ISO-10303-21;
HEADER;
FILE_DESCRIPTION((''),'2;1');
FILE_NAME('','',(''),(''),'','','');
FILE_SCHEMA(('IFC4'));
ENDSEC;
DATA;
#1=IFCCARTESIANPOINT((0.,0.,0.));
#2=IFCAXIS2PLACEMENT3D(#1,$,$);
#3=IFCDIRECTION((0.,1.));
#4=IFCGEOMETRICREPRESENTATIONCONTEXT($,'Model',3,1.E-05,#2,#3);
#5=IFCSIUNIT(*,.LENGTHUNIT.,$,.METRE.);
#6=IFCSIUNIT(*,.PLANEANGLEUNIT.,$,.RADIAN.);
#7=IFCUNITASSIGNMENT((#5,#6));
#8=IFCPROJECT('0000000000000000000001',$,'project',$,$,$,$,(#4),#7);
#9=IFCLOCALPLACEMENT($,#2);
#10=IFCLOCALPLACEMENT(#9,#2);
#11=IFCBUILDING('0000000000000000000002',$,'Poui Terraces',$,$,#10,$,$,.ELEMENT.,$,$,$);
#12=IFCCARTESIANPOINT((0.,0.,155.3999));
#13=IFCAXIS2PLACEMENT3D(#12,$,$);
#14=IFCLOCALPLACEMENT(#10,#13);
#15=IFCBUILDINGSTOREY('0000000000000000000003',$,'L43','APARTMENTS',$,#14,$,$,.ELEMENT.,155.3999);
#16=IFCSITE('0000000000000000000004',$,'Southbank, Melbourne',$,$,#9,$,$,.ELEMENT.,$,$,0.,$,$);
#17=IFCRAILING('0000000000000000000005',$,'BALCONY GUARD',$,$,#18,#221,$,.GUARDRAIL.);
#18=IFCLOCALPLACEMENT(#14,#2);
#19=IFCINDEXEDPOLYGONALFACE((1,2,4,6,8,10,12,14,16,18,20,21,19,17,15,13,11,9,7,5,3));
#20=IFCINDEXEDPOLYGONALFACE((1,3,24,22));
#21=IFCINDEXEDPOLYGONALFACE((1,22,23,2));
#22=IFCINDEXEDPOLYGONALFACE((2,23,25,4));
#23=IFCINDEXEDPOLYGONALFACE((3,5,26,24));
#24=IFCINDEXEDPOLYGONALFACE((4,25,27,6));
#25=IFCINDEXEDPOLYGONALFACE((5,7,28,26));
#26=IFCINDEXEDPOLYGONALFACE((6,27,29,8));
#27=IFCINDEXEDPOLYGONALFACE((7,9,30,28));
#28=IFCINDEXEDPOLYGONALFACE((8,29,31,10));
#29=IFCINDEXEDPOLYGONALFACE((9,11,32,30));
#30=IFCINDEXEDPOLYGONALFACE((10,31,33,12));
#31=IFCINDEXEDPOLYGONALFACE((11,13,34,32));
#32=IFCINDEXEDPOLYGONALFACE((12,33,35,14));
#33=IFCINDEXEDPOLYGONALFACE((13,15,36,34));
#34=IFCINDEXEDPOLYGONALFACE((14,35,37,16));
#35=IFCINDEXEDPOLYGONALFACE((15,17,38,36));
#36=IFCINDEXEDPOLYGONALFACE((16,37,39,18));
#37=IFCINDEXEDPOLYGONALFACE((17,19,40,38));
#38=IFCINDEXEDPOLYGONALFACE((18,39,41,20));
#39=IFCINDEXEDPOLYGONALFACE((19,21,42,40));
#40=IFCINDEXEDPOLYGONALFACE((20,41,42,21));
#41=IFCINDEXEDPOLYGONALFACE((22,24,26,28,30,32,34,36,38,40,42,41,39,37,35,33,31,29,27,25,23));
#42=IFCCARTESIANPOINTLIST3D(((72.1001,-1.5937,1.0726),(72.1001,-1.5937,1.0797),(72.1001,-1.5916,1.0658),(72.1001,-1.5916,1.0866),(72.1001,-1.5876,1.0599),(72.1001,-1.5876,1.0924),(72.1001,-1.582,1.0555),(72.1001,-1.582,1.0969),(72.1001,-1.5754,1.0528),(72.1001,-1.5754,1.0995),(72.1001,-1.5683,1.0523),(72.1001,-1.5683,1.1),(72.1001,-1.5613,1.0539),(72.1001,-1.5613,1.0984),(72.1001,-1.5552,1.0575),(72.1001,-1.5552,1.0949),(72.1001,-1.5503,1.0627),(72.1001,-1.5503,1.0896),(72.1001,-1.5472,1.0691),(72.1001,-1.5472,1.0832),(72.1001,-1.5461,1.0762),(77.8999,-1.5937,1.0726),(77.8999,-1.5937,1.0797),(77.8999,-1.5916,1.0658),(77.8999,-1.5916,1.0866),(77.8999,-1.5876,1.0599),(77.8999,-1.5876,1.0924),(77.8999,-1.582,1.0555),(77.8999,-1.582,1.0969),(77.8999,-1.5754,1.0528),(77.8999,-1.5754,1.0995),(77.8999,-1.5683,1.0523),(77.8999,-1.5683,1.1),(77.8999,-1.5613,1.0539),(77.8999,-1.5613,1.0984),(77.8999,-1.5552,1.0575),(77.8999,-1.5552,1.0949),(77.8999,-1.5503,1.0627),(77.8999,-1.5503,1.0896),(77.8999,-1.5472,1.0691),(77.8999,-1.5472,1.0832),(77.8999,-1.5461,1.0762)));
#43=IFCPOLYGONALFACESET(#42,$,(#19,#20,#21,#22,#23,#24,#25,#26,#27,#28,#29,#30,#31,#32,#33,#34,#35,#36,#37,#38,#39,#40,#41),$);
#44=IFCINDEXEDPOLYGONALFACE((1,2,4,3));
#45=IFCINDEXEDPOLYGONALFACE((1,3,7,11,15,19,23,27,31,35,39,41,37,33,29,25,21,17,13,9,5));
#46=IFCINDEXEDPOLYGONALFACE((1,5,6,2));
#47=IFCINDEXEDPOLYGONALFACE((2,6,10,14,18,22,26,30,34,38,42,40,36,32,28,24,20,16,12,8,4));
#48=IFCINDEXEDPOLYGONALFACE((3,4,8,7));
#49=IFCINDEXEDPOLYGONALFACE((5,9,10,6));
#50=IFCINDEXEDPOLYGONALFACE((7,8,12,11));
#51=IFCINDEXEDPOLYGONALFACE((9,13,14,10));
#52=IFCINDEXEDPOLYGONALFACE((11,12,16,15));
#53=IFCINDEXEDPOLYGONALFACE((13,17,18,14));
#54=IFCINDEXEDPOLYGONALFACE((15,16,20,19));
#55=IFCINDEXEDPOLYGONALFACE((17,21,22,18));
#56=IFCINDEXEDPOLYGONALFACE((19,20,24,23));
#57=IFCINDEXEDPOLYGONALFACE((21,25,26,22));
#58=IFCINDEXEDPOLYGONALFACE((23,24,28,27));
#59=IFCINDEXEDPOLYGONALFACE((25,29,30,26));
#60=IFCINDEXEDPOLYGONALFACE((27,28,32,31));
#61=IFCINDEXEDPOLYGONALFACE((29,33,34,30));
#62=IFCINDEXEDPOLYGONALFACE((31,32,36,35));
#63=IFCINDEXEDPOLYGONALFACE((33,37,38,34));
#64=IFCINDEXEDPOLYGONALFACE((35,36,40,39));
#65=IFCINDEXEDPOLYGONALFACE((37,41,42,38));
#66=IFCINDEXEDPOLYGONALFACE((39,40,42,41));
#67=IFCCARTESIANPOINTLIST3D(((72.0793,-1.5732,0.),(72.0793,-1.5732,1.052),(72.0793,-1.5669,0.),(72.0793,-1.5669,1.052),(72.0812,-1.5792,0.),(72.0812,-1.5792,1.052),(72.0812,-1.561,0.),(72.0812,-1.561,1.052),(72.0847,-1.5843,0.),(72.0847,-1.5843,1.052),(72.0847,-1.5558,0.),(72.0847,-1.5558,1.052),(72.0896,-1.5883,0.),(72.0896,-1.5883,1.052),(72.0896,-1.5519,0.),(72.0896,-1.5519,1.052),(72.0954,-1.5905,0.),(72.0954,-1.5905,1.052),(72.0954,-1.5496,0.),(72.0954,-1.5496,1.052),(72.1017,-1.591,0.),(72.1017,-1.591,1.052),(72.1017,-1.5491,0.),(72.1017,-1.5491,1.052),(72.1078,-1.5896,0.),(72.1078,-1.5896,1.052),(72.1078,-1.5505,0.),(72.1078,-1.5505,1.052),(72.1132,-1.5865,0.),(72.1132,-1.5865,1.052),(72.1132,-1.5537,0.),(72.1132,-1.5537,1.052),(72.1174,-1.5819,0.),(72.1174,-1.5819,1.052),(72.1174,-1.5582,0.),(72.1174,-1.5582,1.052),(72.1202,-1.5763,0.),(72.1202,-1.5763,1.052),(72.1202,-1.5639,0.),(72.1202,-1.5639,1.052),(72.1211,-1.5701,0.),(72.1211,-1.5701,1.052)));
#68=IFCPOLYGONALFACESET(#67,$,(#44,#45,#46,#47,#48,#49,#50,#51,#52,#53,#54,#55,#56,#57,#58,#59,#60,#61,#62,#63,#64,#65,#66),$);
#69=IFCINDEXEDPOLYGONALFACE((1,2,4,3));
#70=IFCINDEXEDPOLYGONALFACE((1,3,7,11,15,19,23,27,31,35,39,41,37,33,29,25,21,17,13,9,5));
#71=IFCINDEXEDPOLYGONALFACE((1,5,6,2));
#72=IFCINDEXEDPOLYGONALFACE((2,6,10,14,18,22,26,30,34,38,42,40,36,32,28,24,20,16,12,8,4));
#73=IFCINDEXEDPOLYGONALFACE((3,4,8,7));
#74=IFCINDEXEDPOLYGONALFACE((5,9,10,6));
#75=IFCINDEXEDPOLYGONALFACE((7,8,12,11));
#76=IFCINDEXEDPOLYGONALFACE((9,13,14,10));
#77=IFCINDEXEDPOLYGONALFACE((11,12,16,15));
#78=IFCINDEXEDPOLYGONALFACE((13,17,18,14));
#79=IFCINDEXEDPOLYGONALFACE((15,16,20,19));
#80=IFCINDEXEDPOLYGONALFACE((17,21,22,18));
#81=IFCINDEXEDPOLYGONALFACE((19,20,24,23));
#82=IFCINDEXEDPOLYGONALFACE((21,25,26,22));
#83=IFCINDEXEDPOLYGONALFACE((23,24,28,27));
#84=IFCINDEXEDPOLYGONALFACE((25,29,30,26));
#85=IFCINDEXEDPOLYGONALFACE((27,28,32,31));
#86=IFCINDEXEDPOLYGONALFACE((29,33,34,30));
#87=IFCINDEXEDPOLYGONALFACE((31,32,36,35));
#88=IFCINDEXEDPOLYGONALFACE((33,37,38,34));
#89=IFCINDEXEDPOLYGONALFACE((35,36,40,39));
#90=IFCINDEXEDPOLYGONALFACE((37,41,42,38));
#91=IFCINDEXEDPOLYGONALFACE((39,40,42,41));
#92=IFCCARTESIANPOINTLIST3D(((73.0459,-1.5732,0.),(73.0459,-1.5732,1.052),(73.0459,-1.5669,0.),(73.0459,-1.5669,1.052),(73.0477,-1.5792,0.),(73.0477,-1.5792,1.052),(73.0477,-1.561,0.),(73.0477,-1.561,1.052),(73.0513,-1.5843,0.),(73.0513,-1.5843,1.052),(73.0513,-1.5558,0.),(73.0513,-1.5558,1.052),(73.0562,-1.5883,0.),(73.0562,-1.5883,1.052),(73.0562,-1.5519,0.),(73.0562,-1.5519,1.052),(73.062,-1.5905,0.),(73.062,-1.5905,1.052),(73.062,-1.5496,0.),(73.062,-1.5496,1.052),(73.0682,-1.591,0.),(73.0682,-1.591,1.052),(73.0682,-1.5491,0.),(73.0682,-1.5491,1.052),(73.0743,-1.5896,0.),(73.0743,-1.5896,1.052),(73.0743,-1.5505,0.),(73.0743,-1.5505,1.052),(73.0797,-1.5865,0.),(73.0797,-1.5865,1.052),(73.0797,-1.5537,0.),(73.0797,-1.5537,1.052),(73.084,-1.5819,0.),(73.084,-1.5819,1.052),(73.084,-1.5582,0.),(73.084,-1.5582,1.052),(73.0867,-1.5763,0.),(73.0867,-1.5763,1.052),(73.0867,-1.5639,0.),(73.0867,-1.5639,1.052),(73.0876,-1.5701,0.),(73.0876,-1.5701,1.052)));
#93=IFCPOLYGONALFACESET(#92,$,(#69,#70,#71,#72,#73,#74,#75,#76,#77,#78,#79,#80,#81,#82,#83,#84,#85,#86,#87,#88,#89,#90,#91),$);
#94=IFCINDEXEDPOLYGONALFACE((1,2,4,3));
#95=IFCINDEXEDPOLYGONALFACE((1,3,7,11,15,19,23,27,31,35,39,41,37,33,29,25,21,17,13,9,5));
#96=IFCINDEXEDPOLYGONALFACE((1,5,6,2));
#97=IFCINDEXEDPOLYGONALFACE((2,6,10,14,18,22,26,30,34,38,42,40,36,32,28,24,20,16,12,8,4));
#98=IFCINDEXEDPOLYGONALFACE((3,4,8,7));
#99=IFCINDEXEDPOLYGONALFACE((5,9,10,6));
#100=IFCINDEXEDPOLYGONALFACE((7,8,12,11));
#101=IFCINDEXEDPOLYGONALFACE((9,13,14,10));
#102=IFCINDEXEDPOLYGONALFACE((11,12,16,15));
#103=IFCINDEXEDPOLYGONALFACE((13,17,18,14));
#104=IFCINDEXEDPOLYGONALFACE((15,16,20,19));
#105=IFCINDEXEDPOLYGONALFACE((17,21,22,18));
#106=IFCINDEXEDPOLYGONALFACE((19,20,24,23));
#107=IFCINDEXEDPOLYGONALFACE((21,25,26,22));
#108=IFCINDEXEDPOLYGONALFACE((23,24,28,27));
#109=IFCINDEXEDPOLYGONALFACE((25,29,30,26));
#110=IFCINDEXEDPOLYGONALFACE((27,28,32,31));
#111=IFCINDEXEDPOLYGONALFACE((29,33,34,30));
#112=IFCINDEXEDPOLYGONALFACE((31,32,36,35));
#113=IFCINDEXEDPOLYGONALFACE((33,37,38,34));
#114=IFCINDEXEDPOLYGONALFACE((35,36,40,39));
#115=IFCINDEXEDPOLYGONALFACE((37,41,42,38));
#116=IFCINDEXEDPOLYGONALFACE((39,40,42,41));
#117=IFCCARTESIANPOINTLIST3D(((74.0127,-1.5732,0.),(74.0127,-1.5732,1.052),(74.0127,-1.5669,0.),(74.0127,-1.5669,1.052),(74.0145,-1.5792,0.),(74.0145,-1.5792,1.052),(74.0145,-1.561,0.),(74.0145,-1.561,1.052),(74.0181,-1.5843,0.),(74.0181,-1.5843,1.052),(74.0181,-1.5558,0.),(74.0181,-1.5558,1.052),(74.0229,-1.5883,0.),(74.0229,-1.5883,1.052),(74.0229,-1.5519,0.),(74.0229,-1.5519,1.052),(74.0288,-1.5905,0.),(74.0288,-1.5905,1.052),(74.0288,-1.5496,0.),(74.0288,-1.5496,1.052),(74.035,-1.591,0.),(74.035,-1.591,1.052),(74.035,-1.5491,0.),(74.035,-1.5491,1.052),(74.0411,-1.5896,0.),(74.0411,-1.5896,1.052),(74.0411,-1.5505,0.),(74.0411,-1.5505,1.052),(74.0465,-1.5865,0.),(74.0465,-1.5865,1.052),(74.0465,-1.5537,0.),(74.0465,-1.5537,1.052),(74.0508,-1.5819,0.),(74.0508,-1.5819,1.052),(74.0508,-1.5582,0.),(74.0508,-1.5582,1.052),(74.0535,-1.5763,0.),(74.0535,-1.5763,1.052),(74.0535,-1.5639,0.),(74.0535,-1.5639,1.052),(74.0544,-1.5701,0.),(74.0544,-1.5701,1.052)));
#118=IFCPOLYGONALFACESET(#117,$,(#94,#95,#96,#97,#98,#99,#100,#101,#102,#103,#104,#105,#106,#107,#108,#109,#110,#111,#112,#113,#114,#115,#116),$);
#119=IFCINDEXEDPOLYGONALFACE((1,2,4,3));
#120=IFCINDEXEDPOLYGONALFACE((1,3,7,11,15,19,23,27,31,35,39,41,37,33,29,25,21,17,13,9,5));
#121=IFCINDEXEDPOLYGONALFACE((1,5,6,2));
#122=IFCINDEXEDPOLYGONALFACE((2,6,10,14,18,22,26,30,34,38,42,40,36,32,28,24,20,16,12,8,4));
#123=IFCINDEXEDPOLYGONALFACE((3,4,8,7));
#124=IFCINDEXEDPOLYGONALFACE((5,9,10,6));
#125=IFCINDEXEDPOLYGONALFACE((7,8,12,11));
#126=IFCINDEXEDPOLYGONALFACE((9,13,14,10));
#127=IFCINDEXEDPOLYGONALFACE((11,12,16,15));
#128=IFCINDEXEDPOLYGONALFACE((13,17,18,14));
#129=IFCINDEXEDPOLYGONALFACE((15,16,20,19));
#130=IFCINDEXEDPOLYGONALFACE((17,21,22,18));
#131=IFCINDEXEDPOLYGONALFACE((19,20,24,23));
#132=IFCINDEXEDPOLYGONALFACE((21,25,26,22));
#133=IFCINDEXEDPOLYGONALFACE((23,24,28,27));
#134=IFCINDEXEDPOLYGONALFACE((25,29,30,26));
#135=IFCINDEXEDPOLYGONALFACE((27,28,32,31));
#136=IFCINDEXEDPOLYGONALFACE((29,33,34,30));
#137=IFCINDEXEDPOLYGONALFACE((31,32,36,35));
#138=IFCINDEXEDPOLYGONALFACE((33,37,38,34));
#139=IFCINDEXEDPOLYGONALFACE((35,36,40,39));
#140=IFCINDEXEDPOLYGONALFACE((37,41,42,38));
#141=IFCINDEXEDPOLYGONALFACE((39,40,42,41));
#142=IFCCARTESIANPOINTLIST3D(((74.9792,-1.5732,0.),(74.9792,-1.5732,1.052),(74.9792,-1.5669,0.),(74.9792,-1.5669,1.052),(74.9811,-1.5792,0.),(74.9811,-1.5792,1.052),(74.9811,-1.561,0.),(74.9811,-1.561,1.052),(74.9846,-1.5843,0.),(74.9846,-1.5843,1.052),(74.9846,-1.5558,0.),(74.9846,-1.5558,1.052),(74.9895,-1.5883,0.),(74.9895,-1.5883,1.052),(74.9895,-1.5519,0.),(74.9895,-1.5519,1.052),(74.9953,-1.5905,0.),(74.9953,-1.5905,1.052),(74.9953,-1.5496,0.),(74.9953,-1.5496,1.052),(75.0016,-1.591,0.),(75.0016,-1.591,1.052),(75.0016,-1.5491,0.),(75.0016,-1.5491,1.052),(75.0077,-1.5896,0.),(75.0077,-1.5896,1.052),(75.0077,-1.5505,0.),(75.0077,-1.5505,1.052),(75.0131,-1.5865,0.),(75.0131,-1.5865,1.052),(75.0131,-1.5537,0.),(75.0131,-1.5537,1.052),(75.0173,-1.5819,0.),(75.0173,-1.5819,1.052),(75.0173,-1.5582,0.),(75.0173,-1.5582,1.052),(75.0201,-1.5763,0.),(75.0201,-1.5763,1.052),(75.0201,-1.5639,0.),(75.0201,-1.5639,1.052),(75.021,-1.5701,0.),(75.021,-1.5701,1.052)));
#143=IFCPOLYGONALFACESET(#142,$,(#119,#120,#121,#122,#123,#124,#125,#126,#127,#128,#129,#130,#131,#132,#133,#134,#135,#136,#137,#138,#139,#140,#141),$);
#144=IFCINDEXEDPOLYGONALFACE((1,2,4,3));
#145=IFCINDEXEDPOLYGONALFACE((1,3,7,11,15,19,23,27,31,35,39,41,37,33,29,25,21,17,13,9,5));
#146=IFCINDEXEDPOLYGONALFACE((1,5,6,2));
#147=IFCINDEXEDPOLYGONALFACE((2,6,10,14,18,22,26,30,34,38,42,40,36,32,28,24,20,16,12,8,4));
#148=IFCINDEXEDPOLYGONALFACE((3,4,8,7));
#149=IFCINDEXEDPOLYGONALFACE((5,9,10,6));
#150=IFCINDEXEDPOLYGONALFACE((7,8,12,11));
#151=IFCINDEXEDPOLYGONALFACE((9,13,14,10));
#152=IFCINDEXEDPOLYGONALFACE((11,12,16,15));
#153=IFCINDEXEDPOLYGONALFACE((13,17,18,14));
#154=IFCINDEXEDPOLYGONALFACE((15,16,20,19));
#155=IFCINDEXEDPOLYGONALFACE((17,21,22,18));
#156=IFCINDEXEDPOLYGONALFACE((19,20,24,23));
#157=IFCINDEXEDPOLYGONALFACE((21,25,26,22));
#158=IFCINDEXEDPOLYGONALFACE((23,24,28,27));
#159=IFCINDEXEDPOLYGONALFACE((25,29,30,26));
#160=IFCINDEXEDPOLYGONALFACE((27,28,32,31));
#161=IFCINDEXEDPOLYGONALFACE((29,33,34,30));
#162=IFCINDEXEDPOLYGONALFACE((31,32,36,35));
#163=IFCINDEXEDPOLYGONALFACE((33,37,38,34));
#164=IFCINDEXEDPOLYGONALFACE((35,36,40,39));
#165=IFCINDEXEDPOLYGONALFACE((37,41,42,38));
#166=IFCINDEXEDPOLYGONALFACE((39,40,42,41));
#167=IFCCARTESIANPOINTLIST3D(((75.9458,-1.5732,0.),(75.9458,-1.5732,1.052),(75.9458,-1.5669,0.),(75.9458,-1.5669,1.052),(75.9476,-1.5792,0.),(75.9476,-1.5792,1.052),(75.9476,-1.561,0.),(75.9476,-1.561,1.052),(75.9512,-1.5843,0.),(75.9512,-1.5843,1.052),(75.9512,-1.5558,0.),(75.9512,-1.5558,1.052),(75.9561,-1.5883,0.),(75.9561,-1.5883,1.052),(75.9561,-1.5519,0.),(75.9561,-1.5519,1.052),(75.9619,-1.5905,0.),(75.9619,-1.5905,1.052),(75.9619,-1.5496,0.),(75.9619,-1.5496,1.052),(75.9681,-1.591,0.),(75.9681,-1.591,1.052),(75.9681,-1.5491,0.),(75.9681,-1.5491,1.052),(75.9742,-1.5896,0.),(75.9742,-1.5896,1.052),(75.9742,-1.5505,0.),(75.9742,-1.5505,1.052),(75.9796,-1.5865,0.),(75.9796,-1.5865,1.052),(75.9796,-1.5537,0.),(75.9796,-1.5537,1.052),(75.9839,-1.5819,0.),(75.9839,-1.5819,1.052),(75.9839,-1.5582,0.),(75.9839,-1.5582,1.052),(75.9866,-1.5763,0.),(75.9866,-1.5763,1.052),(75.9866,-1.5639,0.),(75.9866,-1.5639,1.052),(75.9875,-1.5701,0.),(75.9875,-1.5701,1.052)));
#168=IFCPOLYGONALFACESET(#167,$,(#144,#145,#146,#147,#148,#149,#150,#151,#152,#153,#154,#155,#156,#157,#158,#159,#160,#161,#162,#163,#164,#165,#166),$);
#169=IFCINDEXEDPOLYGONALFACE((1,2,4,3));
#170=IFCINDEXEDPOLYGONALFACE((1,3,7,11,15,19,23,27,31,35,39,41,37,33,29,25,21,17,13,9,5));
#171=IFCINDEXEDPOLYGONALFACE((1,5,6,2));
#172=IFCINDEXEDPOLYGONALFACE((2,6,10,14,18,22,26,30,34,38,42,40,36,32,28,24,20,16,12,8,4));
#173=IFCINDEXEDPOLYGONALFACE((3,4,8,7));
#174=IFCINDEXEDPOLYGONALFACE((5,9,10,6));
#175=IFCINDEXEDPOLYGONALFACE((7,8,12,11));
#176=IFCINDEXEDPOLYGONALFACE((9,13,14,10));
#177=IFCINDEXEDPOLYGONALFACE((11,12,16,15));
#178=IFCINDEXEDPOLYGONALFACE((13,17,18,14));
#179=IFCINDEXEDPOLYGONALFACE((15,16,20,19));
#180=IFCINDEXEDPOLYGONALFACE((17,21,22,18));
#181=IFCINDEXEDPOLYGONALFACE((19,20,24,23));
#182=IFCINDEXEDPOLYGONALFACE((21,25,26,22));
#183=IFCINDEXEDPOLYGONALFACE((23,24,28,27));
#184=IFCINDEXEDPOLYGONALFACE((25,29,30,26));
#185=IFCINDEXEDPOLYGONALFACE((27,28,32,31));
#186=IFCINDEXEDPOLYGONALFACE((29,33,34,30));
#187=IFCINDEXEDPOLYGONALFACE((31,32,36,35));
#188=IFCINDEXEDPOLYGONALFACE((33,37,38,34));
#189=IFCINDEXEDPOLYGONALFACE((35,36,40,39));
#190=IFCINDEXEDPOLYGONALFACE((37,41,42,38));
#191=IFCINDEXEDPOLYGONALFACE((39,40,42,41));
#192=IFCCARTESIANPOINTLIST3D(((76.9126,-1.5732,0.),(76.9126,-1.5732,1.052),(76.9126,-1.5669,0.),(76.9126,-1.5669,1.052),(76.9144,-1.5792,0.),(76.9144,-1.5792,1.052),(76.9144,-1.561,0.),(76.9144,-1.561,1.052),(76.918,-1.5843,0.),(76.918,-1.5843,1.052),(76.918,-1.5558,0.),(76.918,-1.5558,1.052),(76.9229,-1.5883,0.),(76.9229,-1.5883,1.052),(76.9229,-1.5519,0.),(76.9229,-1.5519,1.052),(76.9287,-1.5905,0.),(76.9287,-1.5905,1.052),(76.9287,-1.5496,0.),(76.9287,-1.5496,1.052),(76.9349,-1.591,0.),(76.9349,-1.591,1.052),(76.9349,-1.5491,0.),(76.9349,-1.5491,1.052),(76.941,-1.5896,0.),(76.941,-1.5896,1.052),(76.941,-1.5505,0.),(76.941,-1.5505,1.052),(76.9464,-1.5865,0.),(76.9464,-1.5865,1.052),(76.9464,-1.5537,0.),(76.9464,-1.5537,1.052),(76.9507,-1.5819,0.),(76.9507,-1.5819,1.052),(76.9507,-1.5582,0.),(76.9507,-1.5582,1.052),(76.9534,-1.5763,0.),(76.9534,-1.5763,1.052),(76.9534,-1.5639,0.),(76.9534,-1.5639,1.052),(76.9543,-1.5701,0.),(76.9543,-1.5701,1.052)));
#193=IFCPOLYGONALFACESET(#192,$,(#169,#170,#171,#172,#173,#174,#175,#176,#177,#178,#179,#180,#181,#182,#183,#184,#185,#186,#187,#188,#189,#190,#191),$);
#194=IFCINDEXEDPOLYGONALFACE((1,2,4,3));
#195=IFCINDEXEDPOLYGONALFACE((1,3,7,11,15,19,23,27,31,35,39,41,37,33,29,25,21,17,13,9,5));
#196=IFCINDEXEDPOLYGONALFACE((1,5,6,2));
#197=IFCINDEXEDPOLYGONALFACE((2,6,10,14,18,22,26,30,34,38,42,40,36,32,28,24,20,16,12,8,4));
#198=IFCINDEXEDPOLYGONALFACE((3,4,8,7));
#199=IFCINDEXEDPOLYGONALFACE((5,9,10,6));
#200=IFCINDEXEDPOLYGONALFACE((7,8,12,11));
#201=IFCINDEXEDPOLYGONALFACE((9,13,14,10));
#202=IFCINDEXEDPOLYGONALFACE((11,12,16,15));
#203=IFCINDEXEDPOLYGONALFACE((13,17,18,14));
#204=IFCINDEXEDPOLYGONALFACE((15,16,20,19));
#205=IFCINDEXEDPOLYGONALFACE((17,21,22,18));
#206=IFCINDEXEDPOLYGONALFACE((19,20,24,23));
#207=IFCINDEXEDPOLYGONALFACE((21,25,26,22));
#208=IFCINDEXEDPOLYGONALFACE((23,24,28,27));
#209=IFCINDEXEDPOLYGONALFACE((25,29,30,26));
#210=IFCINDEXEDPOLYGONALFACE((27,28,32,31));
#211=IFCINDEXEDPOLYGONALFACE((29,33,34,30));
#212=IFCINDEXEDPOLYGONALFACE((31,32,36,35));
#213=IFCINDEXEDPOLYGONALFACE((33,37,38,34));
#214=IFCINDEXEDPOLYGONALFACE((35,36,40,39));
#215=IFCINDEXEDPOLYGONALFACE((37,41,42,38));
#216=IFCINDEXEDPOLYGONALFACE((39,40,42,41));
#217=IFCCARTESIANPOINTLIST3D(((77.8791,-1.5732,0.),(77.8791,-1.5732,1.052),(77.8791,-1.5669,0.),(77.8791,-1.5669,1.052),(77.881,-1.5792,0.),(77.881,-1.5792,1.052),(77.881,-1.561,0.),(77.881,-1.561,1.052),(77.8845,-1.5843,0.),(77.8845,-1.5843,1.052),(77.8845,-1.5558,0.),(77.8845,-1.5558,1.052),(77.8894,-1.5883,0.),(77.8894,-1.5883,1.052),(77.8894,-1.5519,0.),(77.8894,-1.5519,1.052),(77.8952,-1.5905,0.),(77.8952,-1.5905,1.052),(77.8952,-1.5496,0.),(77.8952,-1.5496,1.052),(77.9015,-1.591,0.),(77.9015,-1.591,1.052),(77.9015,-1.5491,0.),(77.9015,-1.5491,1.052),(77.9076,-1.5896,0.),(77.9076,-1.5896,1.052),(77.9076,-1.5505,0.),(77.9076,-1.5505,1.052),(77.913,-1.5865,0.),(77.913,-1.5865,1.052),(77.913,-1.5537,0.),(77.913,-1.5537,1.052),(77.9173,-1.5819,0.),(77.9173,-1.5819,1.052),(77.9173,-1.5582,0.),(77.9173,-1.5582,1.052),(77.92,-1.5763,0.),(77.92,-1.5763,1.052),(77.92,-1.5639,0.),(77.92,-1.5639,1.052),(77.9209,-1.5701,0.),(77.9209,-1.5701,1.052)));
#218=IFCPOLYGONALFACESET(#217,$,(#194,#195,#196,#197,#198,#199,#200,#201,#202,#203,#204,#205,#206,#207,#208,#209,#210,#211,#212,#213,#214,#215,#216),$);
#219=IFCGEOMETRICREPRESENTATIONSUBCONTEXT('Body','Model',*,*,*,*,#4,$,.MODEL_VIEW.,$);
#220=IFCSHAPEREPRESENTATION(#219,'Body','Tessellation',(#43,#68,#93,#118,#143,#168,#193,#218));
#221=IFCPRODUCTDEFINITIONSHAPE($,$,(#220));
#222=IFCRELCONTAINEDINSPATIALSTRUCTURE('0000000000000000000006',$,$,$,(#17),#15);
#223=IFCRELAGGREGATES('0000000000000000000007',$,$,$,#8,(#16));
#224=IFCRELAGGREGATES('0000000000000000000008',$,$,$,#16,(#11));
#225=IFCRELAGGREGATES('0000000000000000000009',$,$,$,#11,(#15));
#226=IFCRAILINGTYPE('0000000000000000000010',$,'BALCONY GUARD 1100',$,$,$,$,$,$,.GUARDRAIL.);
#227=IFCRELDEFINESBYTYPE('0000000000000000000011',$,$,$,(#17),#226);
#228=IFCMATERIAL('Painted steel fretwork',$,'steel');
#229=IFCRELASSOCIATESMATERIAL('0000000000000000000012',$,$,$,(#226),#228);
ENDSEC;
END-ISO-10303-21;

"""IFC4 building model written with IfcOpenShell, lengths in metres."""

from ifc_helpers import new_model, si_unit, direction, frame, origin, origin_2d, place, context, subcontext, project, spatial, circle, extrude, material, type_object, element, save


model = new_model("IFC4")

# Units and contexts
model_context = context("Model", 3, precision=1e-05, world=origin(), true_north=direction((0.0, 1.0)))
body_context = subcontext(model_context, "Body", "Model", "MODEL_VIEW")
ifc_project = project(units=[si_unit("LENGTHUNIT", "METRE"), si_unit("PLANEANGLEUNIT", "RADIAN")], contexts=[model_context])

# Site, building, storey
site_placement = place(None, origin())
site = spatial("IfcSite", under=ifc_project, at=site_placement, Name="Southbank, Melbourne", CompositionType="ELEMENT", RefElevation=0.0)
building_placement = place(site_placement, origin())
building = spatial("IfcBuilding", under=site, at=building_placement, Name="Poui Terraces", CompositionType="ELEMENT")
storey_placement = place(building_placement, frame((0.0, 0.0, 155.3999)))
storey = spatial("IfcBuildingStorey", under=building, at=storey_placement, Name="L43", Description="APARTMENTS", CompositionType="ELEMENT", Elevation=155.3999)

# Railing
ifc_material_1 = material(Name="Painted steel fretwork", Category="steel")
railing_type_1 = type_object("IfcRailingType", Name="BALCONY GUARD 1100", PredefinedType="GUARDRAIL", material=ifc_material_1)
railing_1_placement = place(storey_placement, frame((72.1001, -1.5701, 0.0)))
element("IfcRailing", 1, at=railing_1_placement, inside=storey, type_object=railing_type_1, Name="BALCONY GUARD", PredefinedType="GUARDRAIL", context=body_context, shape_type="SweptSolid", body=[
    extrude(circle(Radius=0.0239, at=origin_2d()), frame((0.0, 0.0, 1.0762), z_axis=(1.0, 0.0, 0.0), x_axis=(0.0, 1.0, 0.0)), (0.0, 0.0, 1.0), 5.7998),
    extrude(circle(Radius=0.021, at=origin_2d()), origin(), (0.0, 0.0, 1.0), 1.052),
    extrude(circle(Radius=0.021, at=origin_2d()), frame((0.9666, 0.0, 0.0)), (0.0, 0.0, 1.0), 1.052),
    extrude(circle(Radius=0.021, at=origin_2d()), frame((1.9333, 0.0, 0.0)), (0.0, 0.0, 1.0), 1.052),
    extrude(circle(Radius=0.021, at=origin_2d()), frame((2.8999, 0.0, 0.0)), (0.0, 0.0, 1.0), 1.052),
    extrude(circle(Radius=0.021, at=origin_2d()), frame((3.8665, 0.0, 0.0)), (0.0, 0.0, 1.0), 1.052),
    extrude(circle(Radius=0.021, at=origin_2d()), frame((4.8333, 0.0, 0.0)), (0.0, 0.0, 1.0), 1.052),
    extrude(circle(Radius=0.021, at=origin_2d()), frame((5.7998, 0.0, 0.0)), (0.0, 0.0, 1.0), 1.052),
])

save(model, "model.ifc")
